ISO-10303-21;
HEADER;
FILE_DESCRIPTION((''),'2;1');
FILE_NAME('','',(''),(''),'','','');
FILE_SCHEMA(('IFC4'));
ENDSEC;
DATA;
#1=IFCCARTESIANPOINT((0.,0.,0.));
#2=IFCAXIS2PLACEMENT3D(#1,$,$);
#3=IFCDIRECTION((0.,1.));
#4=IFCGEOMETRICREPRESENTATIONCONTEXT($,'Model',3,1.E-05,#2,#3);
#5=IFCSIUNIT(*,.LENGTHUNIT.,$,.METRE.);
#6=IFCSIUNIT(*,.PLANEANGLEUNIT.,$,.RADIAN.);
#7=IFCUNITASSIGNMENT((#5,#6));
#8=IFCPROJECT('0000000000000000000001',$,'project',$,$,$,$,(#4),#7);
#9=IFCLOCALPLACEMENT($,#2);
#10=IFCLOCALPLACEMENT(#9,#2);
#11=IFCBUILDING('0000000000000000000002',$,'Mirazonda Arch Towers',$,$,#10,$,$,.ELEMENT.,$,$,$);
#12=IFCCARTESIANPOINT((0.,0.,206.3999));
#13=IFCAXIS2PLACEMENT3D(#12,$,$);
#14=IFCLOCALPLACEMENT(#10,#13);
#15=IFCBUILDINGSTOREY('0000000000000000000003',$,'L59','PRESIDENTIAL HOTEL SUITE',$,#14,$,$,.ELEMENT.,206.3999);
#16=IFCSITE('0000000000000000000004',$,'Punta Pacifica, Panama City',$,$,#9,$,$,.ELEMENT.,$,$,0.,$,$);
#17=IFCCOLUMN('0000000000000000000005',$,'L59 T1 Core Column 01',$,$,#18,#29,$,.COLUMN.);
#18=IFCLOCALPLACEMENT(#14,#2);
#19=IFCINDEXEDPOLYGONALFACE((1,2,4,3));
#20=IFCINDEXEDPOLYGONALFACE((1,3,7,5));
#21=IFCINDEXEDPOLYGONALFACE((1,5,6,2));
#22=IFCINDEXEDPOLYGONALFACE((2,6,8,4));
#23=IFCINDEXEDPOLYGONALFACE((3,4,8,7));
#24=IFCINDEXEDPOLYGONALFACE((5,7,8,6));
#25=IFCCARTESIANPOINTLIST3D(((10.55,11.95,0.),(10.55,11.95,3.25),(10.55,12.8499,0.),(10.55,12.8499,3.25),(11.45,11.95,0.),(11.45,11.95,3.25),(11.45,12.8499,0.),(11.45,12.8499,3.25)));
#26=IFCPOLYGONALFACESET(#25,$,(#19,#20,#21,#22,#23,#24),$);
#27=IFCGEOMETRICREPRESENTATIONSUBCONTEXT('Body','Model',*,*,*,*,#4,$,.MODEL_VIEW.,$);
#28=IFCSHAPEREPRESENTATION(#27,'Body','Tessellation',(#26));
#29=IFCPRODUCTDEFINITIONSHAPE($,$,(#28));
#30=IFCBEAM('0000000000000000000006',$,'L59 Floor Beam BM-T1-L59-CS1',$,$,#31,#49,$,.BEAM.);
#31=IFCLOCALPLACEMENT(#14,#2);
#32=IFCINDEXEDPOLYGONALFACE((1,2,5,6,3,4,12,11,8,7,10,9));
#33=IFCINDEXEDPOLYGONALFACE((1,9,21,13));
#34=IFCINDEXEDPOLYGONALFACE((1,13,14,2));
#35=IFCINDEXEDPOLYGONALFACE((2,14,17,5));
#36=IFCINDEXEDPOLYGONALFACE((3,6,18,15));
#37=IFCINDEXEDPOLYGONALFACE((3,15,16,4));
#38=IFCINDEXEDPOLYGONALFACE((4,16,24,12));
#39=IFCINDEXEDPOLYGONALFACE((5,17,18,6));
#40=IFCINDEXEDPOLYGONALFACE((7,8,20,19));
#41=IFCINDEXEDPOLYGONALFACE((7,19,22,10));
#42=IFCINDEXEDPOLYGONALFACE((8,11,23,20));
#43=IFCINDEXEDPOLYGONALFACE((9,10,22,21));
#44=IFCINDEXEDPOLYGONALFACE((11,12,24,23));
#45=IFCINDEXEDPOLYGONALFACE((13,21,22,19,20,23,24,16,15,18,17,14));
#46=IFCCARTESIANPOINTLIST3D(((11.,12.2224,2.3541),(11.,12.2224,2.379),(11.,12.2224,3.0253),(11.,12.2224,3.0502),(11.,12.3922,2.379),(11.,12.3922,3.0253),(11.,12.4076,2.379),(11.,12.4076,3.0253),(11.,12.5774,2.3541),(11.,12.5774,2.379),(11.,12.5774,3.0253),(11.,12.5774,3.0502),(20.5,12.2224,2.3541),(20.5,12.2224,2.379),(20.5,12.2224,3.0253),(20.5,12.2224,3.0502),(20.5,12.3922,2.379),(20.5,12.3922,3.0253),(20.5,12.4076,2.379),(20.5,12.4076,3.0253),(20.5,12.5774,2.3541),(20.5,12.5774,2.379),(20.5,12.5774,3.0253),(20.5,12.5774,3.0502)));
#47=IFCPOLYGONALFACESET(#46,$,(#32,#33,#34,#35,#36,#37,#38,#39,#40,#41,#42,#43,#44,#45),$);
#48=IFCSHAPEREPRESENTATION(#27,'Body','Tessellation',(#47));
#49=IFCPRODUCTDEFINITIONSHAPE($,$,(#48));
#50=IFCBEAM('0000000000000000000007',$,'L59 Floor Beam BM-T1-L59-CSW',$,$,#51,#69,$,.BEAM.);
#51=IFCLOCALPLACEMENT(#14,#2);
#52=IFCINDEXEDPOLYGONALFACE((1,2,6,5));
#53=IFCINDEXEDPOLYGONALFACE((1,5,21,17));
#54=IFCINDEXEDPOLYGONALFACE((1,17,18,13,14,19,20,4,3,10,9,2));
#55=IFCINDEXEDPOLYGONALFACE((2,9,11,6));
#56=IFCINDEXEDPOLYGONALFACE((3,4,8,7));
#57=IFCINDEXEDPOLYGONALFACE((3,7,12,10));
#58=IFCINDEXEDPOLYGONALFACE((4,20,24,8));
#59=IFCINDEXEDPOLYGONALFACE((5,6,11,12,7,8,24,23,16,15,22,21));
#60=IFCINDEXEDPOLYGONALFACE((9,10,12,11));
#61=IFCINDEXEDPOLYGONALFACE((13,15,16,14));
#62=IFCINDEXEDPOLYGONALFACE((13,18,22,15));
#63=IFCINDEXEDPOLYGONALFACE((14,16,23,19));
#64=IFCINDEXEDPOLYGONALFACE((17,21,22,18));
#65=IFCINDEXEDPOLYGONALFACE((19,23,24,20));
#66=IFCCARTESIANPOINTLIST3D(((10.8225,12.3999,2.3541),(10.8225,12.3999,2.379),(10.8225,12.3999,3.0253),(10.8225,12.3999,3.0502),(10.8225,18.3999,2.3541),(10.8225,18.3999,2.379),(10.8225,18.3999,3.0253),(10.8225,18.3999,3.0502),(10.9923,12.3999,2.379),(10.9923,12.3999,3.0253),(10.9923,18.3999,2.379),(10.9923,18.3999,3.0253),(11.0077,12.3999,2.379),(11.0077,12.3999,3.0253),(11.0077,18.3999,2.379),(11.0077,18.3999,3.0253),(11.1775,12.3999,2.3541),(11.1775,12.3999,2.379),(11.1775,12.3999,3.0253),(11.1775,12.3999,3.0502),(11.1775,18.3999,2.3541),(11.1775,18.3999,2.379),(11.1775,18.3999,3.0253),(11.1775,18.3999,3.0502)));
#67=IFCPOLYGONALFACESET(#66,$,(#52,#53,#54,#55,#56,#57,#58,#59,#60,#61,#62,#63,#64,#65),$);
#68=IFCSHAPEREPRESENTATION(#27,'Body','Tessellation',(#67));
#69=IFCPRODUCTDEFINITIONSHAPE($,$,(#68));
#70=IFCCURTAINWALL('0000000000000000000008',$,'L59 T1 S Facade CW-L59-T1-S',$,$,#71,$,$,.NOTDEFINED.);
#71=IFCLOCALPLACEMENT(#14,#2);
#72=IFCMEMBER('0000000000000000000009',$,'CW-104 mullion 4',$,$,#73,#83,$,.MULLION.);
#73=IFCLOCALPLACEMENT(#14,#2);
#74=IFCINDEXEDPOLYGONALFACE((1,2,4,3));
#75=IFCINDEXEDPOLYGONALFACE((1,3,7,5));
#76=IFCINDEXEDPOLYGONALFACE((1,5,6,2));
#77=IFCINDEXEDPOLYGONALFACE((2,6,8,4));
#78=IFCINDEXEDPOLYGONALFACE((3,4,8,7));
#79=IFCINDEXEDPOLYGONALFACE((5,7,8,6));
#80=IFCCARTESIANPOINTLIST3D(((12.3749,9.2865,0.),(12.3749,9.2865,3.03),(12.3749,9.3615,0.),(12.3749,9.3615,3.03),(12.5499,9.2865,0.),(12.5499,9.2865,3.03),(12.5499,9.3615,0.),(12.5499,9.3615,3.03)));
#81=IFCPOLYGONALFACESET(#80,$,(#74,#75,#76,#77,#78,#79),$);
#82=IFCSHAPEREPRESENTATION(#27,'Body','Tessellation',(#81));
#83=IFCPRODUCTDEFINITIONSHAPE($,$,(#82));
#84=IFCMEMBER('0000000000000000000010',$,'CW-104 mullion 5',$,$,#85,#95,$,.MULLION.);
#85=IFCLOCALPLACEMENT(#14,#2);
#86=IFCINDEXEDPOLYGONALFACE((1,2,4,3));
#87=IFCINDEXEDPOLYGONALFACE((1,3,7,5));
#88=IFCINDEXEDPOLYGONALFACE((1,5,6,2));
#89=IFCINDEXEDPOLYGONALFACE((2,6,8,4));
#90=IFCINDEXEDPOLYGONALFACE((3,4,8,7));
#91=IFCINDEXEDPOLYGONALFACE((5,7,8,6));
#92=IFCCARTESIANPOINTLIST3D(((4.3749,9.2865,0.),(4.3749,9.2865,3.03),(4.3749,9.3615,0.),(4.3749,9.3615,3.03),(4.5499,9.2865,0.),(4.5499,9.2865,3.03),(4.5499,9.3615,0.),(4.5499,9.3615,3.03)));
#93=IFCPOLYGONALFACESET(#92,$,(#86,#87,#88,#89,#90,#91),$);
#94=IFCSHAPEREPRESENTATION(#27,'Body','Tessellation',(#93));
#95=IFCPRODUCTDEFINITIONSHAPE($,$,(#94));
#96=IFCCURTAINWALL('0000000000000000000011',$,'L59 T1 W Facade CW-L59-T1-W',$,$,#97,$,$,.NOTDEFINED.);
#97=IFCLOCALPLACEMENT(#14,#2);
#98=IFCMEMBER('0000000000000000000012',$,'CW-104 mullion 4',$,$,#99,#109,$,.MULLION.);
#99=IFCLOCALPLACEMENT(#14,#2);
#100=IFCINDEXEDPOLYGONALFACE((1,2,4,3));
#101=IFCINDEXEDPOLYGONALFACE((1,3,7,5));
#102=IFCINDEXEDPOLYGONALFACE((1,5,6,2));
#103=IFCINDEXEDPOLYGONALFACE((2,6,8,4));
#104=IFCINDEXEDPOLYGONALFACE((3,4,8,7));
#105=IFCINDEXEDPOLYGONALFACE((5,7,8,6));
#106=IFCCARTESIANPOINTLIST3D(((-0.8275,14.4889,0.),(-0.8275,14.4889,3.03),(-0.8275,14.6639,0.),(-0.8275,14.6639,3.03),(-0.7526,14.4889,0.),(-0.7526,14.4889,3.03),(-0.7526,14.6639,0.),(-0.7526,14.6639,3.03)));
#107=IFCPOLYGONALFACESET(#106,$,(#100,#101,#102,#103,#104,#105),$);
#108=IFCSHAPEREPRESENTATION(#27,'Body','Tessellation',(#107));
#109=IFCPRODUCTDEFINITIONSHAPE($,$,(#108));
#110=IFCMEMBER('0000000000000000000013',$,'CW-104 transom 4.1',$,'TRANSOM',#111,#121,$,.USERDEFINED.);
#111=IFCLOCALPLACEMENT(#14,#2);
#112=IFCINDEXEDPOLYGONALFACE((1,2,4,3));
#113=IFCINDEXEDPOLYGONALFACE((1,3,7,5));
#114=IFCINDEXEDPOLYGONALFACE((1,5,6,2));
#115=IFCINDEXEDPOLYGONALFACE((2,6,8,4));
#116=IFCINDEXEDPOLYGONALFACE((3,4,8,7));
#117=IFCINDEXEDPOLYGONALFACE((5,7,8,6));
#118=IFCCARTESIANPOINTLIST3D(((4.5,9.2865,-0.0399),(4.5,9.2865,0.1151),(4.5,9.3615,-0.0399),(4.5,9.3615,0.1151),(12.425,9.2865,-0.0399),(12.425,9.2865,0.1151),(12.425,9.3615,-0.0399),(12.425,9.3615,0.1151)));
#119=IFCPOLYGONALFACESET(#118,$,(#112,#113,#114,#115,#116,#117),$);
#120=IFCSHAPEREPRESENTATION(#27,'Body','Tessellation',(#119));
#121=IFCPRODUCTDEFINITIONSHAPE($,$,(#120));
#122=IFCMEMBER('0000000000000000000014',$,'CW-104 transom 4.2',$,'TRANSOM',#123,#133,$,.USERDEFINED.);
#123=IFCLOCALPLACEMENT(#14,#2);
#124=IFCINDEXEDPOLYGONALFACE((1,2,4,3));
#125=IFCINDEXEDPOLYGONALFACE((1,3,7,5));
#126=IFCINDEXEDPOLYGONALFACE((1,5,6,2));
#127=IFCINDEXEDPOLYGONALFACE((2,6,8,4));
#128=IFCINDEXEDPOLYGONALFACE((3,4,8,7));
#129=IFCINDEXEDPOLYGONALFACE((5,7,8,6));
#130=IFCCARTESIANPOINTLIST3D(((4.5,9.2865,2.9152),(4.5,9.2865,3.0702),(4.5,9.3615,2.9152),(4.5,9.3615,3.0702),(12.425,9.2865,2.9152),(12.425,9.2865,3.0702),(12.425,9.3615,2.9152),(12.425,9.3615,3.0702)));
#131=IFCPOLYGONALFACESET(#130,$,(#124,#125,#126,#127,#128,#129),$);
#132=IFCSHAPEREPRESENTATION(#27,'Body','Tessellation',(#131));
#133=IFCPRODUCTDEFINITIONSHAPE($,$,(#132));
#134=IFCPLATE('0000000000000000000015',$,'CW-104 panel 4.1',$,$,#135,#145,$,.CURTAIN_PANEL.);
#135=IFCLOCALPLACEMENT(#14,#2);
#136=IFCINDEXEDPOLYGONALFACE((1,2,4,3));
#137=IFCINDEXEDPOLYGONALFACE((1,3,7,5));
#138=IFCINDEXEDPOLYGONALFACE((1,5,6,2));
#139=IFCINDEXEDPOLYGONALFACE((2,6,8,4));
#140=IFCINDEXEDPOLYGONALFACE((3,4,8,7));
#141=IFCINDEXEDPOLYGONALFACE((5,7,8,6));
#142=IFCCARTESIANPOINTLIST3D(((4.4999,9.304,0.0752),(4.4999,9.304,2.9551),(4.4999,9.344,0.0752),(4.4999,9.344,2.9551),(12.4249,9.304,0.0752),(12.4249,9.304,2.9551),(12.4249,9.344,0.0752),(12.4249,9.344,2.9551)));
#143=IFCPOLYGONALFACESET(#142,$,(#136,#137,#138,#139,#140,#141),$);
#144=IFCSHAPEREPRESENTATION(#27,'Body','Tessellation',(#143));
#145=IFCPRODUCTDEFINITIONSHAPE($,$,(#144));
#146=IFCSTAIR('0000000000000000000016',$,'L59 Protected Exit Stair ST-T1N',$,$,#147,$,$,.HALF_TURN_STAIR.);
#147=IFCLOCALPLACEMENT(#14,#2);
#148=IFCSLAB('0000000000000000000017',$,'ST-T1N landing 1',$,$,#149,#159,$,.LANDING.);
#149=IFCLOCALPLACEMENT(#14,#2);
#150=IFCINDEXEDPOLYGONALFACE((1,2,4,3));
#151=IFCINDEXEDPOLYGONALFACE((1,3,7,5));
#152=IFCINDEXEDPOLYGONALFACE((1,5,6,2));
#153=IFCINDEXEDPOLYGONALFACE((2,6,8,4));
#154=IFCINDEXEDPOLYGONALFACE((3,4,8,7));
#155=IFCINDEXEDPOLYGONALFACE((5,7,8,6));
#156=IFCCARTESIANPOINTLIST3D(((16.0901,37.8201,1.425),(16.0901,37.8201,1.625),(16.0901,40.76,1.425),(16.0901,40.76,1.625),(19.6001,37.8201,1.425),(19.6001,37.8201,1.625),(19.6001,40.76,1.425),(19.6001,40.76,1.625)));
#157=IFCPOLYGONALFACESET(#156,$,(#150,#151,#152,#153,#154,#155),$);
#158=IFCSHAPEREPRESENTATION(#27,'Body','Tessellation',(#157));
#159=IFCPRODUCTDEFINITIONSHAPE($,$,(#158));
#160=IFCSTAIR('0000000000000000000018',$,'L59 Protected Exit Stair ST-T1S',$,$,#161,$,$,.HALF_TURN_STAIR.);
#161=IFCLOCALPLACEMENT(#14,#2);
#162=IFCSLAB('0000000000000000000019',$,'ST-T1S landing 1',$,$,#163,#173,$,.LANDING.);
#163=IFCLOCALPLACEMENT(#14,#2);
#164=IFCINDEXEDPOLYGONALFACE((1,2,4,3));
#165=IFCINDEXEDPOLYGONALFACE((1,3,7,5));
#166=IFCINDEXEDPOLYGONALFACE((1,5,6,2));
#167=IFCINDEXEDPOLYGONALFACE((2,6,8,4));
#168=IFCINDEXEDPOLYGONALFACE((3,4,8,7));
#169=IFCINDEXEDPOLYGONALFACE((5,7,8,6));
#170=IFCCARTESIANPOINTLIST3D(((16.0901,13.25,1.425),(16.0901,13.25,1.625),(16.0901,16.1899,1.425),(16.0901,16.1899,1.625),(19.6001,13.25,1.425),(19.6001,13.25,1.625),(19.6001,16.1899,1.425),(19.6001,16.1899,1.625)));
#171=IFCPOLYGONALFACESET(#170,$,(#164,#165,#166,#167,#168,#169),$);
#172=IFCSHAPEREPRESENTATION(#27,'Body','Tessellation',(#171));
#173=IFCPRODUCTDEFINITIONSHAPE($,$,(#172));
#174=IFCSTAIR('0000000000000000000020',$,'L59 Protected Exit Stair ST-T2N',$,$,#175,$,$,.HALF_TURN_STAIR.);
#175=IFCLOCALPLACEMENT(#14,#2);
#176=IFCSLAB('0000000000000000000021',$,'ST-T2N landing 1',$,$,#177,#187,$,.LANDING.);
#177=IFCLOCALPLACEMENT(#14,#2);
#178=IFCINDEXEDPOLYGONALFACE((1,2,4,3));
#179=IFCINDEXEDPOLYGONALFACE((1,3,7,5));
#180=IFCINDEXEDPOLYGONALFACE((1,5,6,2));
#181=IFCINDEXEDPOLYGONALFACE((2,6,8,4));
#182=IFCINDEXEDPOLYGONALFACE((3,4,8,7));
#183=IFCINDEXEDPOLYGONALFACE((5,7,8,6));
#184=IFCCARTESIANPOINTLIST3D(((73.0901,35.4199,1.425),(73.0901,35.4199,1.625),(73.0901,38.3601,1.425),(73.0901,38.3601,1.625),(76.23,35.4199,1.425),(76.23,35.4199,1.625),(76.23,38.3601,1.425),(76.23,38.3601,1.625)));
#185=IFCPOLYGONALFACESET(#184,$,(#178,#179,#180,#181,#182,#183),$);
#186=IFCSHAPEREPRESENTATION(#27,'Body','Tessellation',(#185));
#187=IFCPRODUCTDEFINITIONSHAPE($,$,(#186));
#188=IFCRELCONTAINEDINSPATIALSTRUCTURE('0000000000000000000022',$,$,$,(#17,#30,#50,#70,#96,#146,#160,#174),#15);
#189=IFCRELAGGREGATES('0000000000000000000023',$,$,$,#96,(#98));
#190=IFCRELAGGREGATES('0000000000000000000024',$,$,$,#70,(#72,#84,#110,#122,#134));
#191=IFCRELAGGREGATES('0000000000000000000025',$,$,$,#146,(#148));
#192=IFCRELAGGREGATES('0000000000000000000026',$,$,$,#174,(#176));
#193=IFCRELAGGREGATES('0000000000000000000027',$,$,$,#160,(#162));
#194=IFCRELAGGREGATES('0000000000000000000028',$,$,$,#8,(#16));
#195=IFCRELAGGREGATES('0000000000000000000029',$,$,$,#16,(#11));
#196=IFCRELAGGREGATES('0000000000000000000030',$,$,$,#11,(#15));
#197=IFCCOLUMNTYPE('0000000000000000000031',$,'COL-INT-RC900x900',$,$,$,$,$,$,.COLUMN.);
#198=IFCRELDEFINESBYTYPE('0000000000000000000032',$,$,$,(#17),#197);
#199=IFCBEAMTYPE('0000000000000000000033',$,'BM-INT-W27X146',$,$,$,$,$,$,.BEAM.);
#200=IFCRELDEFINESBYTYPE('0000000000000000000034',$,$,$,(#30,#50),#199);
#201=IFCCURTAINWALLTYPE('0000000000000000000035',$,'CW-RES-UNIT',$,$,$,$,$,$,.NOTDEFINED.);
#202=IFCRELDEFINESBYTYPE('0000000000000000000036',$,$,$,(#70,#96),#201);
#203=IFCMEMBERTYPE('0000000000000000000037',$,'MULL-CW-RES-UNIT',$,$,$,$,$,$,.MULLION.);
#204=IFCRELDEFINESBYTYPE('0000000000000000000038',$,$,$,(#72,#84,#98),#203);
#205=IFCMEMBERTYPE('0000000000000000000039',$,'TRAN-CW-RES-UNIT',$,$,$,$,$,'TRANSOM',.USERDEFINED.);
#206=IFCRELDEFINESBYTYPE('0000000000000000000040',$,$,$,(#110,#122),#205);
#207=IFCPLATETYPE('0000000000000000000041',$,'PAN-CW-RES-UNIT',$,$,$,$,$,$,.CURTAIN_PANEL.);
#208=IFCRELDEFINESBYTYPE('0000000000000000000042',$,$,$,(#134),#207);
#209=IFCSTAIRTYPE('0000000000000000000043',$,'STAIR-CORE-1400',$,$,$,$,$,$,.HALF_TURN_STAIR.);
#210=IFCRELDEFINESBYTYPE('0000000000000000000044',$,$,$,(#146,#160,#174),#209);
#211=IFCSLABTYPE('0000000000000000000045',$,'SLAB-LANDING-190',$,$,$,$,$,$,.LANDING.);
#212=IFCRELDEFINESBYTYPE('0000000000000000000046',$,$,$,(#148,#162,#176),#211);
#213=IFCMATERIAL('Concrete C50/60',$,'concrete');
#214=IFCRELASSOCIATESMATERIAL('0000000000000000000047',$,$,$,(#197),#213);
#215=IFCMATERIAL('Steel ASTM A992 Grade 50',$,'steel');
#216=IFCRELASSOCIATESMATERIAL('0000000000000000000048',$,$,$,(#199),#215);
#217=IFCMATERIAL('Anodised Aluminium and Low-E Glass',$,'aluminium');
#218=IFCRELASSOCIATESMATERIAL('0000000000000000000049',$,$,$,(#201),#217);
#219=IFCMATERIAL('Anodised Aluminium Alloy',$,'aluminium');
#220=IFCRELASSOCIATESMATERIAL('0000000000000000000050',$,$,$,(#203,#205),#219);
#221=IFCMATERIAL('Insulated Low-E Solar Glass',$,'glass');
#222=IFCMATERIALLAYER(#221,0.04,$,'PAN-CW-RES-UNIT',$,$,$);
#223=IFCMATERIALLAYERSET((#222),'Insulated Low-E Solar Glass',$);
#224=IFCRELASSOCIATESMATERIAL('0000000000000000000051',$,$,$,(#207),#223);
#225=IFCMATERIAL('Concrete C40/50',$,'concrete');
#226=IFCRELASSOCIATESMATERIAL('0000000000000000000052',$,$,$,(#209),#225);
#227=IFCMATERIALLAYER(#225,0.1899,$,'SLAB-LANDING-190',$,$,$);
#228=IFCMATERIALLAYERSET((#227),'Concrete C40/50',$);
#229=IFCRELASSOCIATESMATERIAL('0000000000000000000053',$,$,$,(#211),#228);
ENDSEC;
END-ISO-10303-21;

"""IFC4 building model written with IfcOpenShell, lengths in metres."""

from ifc_helpers import new_model, si_unit, direction, frame, origin, origin_2d, place, context, subcontext, project, spatial, polyline, rectangle, i_section, outline, extrude, material, layer, layer_set, material_profile, profile_set, type_object, element, aggregate, save


model = new_model("IFC4")

# Units and contexts
model_context = context("Model", 3, precision=1e-05, world=origin(), true_north=direction((0.0, 1.0)))
body_context = subcontext(model_context, "Body", "Model", "MODEL_VIEW")
ifc_project = project(units=[si_unit("LENGTHUNIT", "METRE"), si_unit("PLANEANGLEUNIT", "RADIAN")], contexts=[model_context])

# Site, building, storey
site_placement = place(None, origin())
site = spatial("IfcSite", under=ifc_project, at=site_placement, Name="Punta Pacifica, Panama City", CompositionType="ELEMENT", RefElevation=0.0)
building_placement = place(site_placement, origin())
building = spatial("IfcBuilding", under=site, at=building_placement, Name="Mirazonda Arch Towers", CompositionType="ELEMENT")
storey_placement = place(building_placement, frame((0.0, 0.0, 206.3999)))
storey = spatial("IfcBuildingStorey", under=building, at=storey_placement, Name="L59", Description="PRESIDENTIAL HOTEL SUITE", CompositionType="ELEMENT", Elevation=206.3999)

# Column
ifc_material_1 = material(Name="Concrete C50/60", Category="concrete")
ifc_material_profile_1 = material_profile(ifc_material_1, rectangle(XDim=0.8999, YDim=0.8999, at=origin_2d()), Name="RC900x900")
ifc_profile_set_1 = profile_set([ifc_material_profile_1], Name="Concrete C50/60")
column_type = type_object("IfcColumnType", Name="COL-INT-RC900x900", PredefinedType="COLUMN", material=ifc_profile_set_1)
column_placement = place(storey_placement, frame((11.0, 12.3999, 0.0), z_axis=(0.0, 0.0, 1.0), x_axis=(1.0, 0.0, 0.0)))
element("IfcColumn", 1, at=column_placement, inside=storey, type_object=column_type, Name="L59 T1 Core Column 01", PredefinedType="COLUMN", context=body_context, shape_type="SweptSolid", body=[
    extrude(rectangle(XDim=0.8999, YDim=0.8999, at=origin_2d()), origin(), (0.0, 0.0, 1.0), 3.25),
])

# Beams
ifc_material_2 = material(Name="Steel ASTM A992 Grade 50", Category="steel")
ifc_material_profile_2 = material_profile(ifc_material_2, i_section(OverallWidth=0.355, OverallDepth=0.696, WebThickness=0.0154, FlangeThickness=0.0249, at=origin_2d()), Name="W27X146")
ifc_profile_set_2 = profile_set([ifc_material_profile_2], Name="Steel ASTM A992 Grade 50")
beam_type = type_object("IfcBeamType", Name="BM-INT-W27X146", PredefinedType="BEAM", material=ifc_profile_set_2)
beam_1_placement = place(storey_placement, frame((11.0, 12.3999, 2.7021), z_axis=(1.0, 0.0, 0.0), x_axis=(0.0, 1.0, 0.0)))
element("IfcBeam", 2, at=beam_1_placement, inside=storey, type_object=beam_type, Name="L59 Floor Beam BM-T1-L59-CS1", PredefinedType="BEAM", context=body_context, shape_type="SweptSolid", body=[
    extrude(i_section(OverallWidth=0.355, OverallDepth=0.696, WebThickness=0.0154, FlangeThickness=0.0249, at=origin_2d()), origin(), (0.0, 0.0, 1.0), 9.5),
])
beam_2_placement = place(storey_placement, frame((11.0, 12.3999, 2.7021), z_axis=(0.0, 1.0, 0.0), x_axis=(-1.0, 0.0, 0.0)))
element("IfcBeam", 3, at=beam_2_placement, inside=storey, type_object=beam_type, Name="L59 Floor Beam BM-T1-L59-CSW", PredefinedType="BEAM", context=body_context, shape_type="SweptSolid", body=[
    extrude(i_section(OverallWidth=0.355, OverallDepth=0.696, WebThickness=0.0154, FlangeThickness=0.0249, at=origin_2d()), origin(), (0.0, 0.0, 1.0), 6.0),
])

# Curtain wall, members
ifc_material_3 = material(Name="Anodised Aluminium and Low-E Glass", Category="aluminium")
curtain_wall_type = type_object("IfcCurtainWallType", Name="CW-RES-UNIT", PredefinedType="NOTDEFINED", material=ifc_material_3)
curtain_wall_1_placement = place(storey_placement, origin())
curtain_wall_1 = element("IfcCurtainWall", 4, at=curtain_wall_1_placement, inside=storey, type_object=curtain_wall_type, Name="L59 T1 S Facade CW-L59-T1-S", PredefinedType="NOTDEFINED")
ifc_material_4 = material(Name="Anodised Aluminium Alloy", Category="aluminium")
ifc_material_profile_3 = material_profile(ifc_material_4, rectangle(XDim=0.075, YDim=0.175, at=origin_2d()), Name="ALU-MULL-75x175")
ifc_profile_set_3 = profile_set([ifc_material_profile_3], Name="Anodised Aluminium Alloy")
member_type_1 = type_object("IfcMemberType", Name="MULL-CW-RES-UNIT", PredefinedType="MULLION", material=ifc_profile_set_3)
member_1_placement = place(storey_placement, frame((12.4624, 9.324, 0.0), z_axis=(0.0, 0.0, 1.0), x_axis=(0.0, -1.0, 0.0)))
member_1 = element("IfcMember", 5, at=member_1_placement, type_object=member_type_1, Name="CW-104 mullion 4", PredefinedType="MULLION", context=body_context, shape_type="SweptSolid", body=[
    extrude(rectangle(XDim=0.075, YDim=0.175, at=origin_2d()), origin(), (0.0, 0.0, 1.0), 3.03),
])
member_2_placement = place(storey_placement, frame((4.4624, 9.324, 0.0), z_axis=(0.0, 0.0, 1.0), x_axis=(0.0, -1.0, 0.0)))
member_2 = element("IfcMember", 6, at=member_2_placement, type_object=member_type_1, Name="CW-104 mullion 5", PredefinedType="MULLION", context=body_context, shape_type="SweptSolid", body=[
    extrude(rectangle(XDim=0.075, YDim=0.175, at=origin_2d()), origin(), (0.0, 0.0, 1.0), 3.03),
])

# Curtain wall, member
curtain_wall_2_placement = place(storey_placement, origin())
curtain_wall_2 = element("IfcCurtainWall", 7, at=curtain_wall_2_placement, inside=storey, type_object=curtain_wall_type, Name="L59 T1 W Facade CW-L59-T1-W", PredefinedType="NOTDEFINED")
member_3_placement = place(storey_placement, frame((-0.79, 14.5764, 0.0), z_axis=(0.0, 0.0, 1.0), x_axis=(1.0, 0.0, 0.0)))
member_3 = element("IfcMember", 8, at=member_3_placement, type_object=member_type_1, Name="CW-104 mullion 4", PredefinedType="MULLION", context=body_context, shape_type="SweptSolid", body=[
    extrude(rectangle(XDim=0.075, YDim=0.175, at=origin_2d()), origin(), (0.0, 0.0, 1.0), 3.03),
])
aggregate(curtain_wall_2, [member_3])

# Members
ifc_material_profile_4 = material_profile(ifc_material_4, rectangle(XDim=0.075, YDim=0.155, at=origin_2d()), Name="ALU-TRAN-75x155")
ifc_profile_set_4 = profile_set([ifc_material_profile_4], Name="Anodised Aluminium Alloy")
member_type_2 = type_object("IfcMemberType", Name="TRAN-CW-RES-UNIT", ElementType="TRANSOM", PredefinedType="USERDEFINED", material=ifc_profile_set_4)
member_4_placement = place(storey_placement, frame((12.425, 9.324, 0.0376), z_axis=(-1.0, 0.0, 0.0), x_axis=(0.0, -1.0, 0.0)))
member_4 = element("IfcMember", 9, at=member_4_placement, type_object=member_type_2, Name="CW-104 transom 4.1", ObjectType="TRANSOM", PredefinedType="USERDEFINED", context=body_context, shape_type="SweptSolid", body=[
    extrude(rectangle(XDim=0.075, YDim=0.155, at=origin_2d()), origin(), (0.0, 0.0, 1.0), 7.925),
])
member_5_placement = place(storey_placement, frame((12.425, 9.324, 2.9927), z_axis=(-1.0, 0.0, 0.0), x_axis=(0.0, -1.0, 0.0)))
member_5 = element("IfcMember", 10, at=member_5_placement, type_object=member_type_2, Name="CW-104 transom 4.2", ObjectType="TRANSOM", PredefinedType="USERDEFINED", context=body_context, shape_type="SweptSolid", body=[
    extrude(rectangle(XDim=0.075, YDim=0.155, at=origin_2d()), origin(), (0.0, 0.0, 1.0), 7.925),
])

# Plate
ifc_material_5 = material(Name="Insulated Low-E Solar Glass", Category="glass")
ifc_layer_1 = layer(ifc_material_5, 0.04, Name="PAN-CW-RES-UNIT")
ifc_layer_set_1 = layer_set([ifc_layer_1], Name="Insulated Low-E Solar Glass")
plate_type = type_object("IfcPlateType", Name="PAN-CW-RES-UNIT", PredefinedType="CURTAIN_PANEL", material=ifc_layer_set_1)
plate_placement = place(storey_placement, frame((8.4624, 9.324, 0.0752), z_axis=(0.0, 0.0, 1.0), x_axis=(-1.0, 0.0, 0.0)))
plate = element("IfcPlate", 11, at=plate_placement, type_object=plate_type, Name="CW-104 panel 4.1", PredefinedType="CURTAIN_PANEL", context=body_context, shape_type="SweptSolid", body=[
    extrude(rectangle(XDim=7.925, YDim=0.04, at=origin_2d()), origin(), (0.0, 0.0, 1.0), 2.8799),
])
aggregate(curtain_wall_1, [member_1, member_2, member_4, member_5, plate])

# Stairs, slabs
ifc_material_6 = material(Name="Concrete C40/50", Category="concrete")
stair_type = type_object("IfcStairType", Name="STAIR-CORE-1400", PredefinedType="HALF_TURN_STAIR", material=ifc_material_6)
stair_1_placement = place(storey_placement, origin())
stair_1 = element("IfcStair", 12, at=stair_1_placement, inside=storey, type_object=stair_type, Name="L59 Protected Exit Stair ST-T1N", PredefinedType="HALF_TURN_STAIR")
ifc_layer_2 = layer(ifc_material_6, 0.1899, Name="SLAB-LANDING-190")
ifc_layer_set_2 = layer_set([ifc_layer_2], Name="Concrete C40/50")
slab_type_1 = type_object("IfcSlabType", Name="SLAB-LANDING-190", PredefinedType="LANDING", material=ifc_layer_set_2)
slab_1_placement = place(storey_placement, frame((0.0, 0.0, 1.425)))
slab_1 = element("IfcSlab", 13, at=slab_1_placement, type_object=slab_type_1, Name="ST-T1N landing 1", PredefinedType="LANDING", context=body_context, shape_type="SweptSolid", body=[
    extrude(outline(polyline([(16.0901, 37.8201), (19.6001, 37.8201), (19.6001, 40.76), (16.0901, 40.76), (16.0901, 37.8201)])), origin(), (0.0, 0.0, 1.0), 0.2),
])
aggregate(stair_1, [slab_1])
stair_2_placement = place(storey_placement, origin())
stair_2 = element("IfcStair", 14, at=stair_2_placement, inside=storey, type_object=stair_type, Name="L59 Protected Exit Stair ST-T1S", PredefinedType="HALF_TURN_STAIR")
slab_2_placement = place(storey_placement, frame((0.0, 0.0, 1.425)))
slab_2 = element("IfcSlab", 15, at=slab_2_placement, type_object=slab_type_1, Name="ST-T1S landing 1", PredefinedType="LANDING", context=body_context, shape_type="SweptSolid", body=[
    extrude(outline(polyline([(16.0901, 13.25), (19.6001, 13.25), (19.6001, 16.1899), (16.0901, 16.1899), (16.0901, 13.25)])), origin(), (0.0, 0.0, 1.0), 0.2),
])
stair_3_placement = place(storey_placement, origin())
stair_3 = element("IfcStair", 16, at=stair_3_placement, inside=storey, type_object=stair_type, Name="L59 Protected Exit Stair ST-T2N", PredefinedType="HALF_TURN_STAIR")
slab_3_placement = place(storey_placement, frame((0.0, 0.0, 1.425)))
slab_3 = element("IfcSlab", 17, at=slab_3_placement, type_object=slab_type_1, Name="ST-T2N landing 1", PredefinedType="LANDING", context=body_context, shape_type="SweptSolid", body=[
    extrude(outline(polyline([(73.0901, 35.4199), (76.23, 35.4199), (76.23, 38.3601), (73.0901, 38.3601), (73.0901, 35.4199)])), origin(), (0.0, 0.0, 1.0), 0.2),
])
aggregate(stair_3, [slab_3])

aggregate(stair_2, [slab_2])

save(model, "model.ifc")
